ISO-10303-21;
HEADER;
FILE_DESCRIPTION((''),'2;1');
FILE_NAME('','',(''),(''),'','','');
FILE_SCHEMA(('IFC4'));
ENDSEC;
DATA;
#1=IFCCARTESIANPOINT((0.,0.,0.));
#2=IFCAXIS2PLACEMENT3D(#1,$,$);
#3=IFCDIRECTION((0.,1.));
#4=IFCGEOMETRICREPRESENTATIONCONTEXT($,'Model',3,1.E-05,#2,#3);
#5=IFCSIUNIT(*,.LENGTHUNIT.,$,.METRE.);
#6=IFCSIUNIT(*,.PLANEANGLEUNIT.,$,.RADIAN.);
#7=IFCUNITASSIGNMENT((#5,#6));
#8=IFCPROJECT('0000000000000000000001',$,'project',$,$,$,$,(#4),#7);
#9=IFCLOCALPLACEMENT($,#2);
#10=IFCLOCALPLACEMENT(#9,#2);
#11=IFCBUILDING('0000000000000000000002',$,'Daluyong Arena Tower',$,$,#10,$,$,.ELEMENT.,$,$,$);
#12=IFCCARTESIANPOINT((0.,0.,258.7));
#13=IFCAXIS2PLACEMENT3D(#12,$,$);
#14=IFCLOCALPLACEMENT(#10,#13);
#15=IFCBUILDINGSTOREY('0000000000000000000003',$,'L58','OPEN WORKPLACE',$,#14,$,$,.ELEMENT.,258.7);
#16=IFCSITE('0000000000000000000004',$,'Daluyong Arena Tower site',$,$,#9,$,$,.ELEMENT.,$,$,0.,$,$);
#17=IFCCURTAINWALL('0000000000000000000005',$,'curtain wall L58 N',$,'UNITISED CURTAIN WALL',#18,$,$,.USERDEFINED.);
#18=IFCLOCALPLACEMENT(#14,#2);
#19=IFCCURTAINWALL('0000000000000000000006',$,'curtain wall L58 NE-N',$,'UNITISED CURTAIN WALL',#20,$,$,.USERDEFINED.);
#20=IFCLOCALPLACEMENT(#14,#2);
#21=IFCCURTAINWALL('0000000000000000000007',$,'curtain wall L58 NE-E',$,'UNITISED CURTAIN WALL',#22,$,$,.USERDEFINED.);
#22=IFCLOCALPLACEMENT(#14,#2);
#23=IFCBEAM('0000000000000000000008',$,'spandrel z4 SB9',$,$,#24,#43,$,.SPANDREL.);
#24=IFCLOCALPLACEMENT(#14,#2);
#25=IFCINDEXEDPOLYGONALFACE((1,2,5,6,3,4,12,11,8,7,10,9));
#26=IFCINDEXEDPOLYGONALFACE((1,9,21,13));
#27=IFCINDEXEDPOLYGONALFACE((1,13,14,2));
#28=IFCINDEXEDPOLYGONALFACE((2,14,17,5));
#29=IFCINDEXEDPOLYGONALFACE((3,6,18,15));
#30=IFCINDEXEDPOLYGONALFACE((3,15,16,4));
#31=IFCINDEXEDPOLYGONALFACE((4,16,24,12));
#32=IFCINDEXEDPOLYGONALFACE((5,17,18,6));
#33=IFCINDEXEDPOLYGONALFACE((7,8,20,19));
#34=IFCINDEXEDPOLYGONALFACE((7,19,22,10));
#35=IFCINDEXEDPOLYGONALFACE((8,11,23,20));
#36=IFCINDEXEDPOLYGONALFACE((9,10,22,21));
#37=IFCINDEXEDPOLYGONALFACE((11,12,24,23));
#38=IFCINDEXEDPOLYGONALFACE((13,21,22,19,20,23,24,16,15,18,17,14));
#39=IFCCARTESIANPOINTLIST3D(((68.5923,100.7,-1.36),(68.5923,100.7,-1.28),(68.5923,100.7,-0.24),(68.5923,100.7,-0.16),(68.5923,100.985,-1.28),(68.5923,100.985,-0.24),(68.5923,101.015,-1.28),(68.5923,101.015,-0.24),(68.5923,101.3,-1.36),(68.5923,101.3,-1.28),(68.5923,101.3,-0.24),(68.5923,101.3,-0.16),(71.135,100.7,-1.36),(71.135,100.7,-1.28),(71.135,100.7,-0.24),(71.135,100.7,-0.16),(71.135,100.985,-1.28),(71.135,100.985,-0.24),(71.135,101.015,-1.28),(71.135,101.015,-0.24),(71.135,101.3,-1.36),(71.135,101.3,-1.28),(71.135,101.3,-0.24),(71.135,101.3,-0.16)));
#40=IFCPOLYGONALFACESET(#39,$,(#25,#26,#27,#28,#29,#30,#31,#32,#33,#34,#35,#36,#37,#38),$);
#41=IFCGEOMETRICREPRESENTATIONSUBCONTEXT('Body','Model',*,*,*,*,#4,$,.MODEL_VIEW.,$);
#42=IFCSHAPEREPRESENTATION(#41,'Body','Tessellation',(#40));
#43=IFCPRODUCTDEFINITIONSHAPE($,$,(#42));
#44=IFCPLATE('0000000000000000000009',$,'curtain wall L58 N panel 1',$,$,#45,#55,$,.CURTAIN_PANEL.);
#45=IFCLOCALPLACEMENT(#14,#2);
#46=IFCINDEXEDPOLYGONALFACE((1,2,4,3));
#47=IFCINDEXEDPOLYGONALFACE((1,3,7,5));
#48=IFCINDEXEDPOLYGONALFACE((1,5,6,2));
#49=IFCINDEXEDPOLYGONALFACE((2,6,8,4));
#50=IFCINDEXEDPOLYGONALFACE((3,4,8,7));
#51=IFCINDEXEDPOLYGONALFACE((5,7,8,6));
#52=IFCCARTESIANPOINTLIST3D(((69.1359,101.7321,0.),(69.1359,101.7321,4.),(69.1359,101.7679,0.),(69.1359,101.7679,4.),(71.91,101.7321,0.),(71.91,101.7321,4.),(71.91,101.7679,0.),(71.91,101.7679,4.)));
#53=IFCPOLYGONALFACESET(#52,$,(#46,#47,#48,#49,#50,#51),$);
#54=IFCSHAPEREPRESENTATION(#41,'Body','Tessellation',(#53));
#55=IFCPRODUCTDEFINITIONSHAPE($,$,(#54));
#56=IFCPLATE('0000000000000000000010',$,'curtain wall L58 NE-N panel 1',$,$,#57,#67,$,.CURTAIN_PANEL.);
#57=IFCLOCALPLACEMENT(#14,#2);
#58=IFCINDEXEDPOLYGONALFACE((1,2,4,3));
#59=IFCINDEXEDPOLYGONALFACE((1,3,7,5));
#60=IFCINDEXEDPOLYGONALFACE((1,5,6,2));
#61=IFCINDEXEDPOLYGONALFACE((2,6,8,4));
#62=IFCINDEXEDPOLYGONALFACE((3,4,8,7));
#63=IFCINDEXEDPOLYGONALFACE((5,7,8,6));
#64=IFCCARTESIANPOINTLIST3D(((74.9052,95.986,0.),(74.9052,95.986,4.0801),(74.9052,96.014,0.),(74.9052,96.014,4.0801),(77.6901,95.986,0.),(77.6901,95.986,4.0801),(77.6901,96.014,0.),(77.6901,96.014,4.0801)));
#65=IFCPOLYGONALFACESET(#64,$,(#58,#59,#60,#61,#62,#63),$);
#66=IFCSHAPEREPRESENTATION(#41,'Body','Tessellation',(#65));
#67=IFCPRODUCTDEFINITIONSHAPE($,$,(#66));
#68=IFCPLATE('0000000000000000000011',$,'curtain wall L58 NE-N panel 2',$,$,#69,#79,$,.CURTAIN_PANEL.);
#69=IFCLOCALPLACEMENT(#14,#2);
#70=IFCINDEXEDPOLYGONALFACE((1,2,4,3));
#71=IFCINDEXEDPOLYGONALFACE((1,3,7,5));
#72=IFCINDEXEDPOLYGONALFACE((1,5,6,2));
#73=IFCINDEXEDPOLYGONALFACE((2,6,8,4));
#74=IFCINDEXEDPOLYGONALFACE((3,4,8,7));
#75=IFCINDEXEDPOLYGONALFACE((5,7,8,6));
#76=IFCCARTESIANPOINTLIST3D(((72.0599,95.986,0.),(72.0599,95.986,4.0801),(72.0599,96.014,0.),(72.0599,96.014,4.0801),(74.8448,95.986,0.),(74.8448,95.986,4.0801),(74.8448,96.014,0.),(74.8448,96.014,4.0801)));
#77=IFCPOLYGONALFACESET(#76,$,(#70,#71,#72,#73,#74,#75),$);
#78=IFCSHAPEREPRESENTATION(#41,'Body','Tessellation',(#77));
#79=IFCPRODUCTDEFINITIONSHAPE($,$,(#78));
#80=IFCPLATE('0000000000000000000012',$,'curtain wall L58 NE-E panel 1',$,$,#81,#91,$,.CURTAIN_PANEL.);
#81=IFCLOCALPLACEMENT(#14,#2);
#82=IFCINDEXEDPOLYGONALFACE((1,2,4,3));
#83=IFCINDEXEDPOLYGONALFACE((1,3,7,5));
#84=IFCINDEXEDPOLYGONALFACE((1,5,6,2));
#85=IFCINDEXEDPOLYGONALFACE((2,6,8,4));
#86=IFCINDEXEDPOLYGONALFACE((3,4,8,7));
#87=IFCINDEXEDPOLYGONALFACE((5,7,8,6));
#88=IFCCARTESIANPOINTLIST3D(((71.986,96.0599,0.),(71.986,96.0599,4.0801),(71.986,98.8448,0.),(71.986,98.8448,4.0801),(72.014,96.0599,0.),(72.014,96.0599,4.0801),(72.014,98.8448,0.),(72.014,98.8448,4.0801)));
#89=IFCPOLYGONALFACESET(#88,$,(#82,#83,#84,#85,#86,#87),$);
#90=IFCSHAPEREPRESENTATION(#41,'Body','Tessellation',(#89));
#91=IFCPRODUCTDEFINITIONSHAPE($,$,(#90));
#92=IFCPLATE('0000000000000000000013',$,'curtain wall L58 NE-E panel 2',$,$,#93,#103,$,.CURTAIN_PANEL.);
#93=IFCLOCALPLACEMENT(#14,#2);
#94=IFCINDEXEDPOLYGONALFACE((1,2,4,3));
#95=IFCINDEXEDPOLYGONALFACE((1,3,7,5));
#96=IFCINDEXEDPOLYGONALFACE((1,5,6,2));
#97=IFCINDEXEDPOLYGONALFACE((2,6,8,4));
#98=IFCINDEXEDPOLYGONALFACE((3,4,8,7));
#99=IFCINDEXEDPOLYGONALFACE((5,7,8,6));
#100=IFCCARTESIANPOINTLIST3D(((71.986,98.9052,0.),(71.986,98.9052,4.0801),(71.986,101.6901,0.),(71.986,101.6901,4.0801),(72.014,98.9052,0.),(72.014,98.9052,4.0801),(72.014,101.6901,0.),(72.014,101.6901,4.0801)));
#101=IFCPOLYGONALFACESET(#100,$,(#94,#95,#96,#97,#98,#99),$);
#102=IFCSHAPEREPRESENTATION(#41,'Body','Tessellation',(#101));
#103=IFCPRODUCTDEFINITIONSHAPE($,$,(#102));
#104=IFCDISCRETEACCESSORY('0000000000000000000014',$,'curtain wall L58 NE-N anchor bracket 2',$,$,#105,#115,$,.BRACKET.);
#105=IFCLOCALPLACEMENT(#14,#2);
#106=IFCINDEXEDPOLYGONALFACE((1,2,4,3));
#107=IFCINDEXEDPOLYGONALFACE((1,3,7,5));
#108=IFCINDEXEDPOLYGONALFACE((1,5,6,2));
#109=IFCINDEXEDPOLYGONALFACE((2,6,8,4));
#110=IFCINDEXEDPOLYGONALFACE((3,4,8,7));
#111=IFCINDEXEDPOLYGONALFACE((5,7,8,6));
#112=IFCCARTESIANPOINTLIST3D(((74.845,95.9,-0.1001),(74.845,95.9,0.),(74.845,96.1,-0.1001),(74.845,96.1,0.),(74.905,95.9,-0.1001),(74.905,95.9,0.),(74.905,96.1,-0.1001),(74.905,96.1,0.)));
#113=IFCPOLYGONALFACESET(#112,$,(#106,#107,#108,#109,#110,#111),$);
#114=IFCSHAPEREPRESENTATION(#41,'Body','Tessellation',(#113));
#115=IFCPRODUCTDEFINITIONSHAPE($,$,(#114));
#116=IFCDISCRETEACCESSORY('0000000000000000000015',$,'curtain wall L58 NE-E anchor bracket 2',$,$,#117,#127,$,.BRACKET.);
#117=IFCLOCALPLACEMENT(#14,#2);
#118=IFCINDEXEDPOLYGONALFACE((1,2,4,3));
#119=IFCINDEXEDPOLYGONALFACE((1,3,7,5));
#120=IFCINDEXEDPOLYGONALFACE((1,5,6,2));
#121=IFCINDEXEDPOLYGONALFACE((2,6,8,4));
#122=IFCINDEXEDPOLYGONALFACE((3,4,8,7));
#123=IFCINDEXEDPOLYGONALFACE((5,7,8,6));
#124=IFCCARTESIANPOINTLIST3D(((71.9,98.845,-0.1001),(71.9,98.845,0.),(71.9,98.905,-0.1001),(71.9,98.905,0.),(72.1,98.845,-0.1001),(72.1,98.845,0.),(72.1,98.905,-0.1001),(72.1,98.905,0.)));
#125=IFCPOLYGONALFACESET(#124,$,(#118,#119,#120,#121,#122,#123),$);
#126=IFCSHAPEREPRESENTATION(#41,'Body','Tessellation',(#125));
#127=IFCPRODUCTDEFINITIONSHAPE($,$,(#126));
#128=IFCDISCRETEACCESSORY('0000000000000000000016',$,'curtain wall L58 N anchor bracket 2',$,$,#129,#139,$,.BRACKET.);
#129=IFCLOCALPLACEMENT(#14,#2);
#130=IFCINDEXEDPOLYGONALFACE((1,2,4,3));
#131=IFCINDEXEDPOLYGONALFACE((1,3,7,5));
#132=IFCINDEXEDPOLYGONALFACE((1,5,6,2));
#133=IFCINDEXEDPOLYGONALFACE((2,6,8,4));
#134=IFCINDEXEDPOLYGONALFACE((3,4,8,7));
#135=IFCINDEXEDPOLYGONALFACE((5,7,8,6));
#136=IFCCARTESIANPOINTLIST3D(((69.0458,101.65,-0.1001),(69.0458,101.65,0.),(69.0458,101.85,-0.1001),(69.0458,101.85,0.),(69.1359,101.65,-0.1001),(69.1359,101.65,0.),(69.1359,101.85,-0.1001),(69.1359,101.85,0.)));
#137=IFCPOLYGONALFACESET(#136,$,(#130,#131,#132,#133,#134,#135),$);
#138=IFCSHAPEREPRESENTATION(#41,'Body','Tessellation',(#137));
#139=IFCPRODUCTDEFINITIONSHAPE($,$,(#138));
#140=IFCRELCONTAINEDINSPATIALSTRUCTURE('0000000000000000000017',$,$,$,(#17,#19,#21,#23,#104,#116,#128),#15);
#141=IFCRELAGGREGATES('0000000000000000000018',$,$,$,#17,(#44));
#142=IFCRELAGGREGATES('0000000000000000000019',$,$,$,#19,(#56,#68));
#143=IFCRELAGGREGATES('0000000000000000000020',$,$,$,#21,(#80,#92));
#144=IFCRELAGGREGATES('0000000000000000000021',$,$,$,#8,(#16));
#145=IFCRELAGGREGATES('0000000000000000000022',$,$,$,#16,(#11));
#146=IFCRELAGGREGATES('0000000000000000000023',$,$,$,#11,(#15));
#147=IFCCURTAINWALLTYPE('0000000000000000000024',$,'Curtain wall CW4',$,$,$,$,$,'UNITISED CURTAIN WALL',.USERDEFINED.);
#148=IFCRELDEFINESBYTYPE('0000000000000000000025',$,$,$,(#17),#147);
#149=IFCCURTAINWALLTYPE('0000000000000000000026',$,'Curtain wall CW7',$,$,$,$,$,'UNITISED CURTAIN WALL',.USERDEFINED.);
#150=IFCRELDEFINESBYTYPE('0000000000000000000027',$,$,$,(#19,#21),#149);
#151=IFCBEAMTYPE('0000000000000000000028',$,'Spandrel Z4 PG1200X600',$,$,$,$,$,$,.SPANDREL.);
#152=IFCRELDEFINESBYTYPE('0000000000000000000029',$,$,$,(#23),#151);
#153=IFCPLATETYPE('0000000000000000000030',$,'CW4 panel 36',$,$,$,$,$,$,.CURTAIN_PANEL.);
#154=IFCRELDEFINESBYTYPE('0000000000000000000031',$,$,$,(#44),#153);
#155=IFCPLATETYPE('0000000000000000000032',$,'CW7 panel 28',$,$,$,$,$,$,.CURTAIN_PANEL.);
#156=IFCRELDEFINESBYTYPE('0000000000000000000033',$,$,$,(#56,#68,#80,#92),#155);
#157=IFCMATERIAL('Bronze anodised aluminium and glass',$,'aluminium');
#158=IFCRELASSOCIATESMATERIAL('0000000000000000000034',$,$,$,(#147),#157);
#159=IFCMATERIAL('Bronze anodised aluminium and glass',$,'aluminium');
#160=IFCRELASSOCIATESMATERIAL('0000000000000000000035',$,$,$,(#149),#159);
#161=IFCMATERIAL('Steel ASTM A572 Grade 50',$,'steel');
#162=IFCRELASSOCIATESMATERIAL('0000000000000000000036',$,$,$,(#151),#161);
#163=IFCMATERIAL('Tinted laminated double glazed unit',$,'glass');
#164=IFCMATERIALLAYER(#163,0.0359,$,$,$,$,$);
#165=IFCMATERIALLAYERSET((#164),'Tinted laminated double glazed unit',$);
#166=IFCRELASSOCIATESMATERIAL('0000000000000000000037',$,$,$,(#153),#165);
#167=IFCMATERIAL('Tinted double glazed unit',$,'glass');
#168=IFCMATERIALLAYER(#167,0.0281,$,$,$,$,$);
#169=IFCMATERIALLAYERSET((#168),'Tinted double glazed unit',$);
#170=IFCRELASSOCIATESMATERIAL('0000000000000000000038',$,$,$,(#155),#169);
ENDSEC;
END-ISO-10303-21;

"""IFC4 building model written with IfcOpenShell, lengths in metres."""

from ifc_helpers import new_model, si_unit, direction, frame, origin, origin_2d, place, context, subcontext, project, spatial, rectangle, i_section, extrude, material, layer, layer_set, material_profile, profile_set, type_object, element, aggregate, save


model = new_model("IFC4")

# Units and contexts
model_context = context("Model", 3, precision=1e-05, world=origin(), true_north=direction((0.0, 1.0)))
body_context = subcontext(model_context, "Body", "Model", "MODEL_VIEW")
ifc_project = project(units=[si_unit("LENGTHUNIT", "METRE"), si_unit("PLANEANGLEUNIT", "RADIAN")], contexts=[model_context])

# Site, building, storey
site_placement = place(None, origin())
site = spatial("IfcSite", under=ifc_project, at=site_placement, Name="Daluyong Arena Tower site", CompositionType="ELEMENT", RefElevation=0.0)
building_placement = place(site_placement, origin())
building = spatial("IfcBuilding", under=site, at=building_placement, Name="Daluyong Arena Tower", CompositionType="ELEMENT")
storey_placement = place(building_placement, frame((0.0, 0.0, 258.7)))
storey = spatial("IfcBuildingStorey", under=building, at=storey_placement, Name="L58", Description="OPEN WORKPLACE", CompositionType="ELEMENT", Elevation=258.7)

# Shared definitions
ifc_material_1 = material(Name="Bronze anodised aluminium and glass", Category="aluminium")
curtain_wall_type_1 = type_object("IfcCurtainWallType", Name="Curtain wall CW4", ElementType="UNITISED CURTAIN WALL", PredefinedType="USERDEFINED", material=ifc_material_1)

# Curtain walls
curtain_wall_1_placement = place(storey_placement, origin())
curtain_wall_1 = element("IfcCurtainWall", 1, at=curtain_wall_1_placement, inside=storey, type_object=curtain_wall_type_1, Name="curtain wall L58 N", ObjectType="UNITISED CURTAIN WALL", PredefinedType="USERDEFINED")
ifc_material_2 = material(Name="Bronze anodised aluminium and glass", Category="aluminium")
curtain_wall_type_2 = type_object("IfcCurtainWallType", Name="Curtain wall CW7", ElementType="UNITISED CURTAIN WALL", PredefinedType="USERDEFINED", material=ifc_material_2)
curtain_wall_2_placement = place(storey_placement, origin())
curtain_wall_2 = element("IfcCurtainWall", 2, at=curtain_wall_2_placement, inside=storey, type_object=curtain_wall_type_2, Name="curtain wall L58 NE-N", ObjectType="UNITISED CURTAIN WALL", PredefinedType="USERDEFINED")
curtain_wall_3_placement = place(storey_placement, origin())
curtain_wall_3 = element("IfcCurtainWall", 3, at=curtain_wall_3_placement, inside=storey, type_object=curtain_wall_type_2, Name="curtain wall L58 NE-E", ObjectType="UNITISED CURTAIN WALL", PredefinedType="USERDEFINED")

# Beam
ifc_material_3 = material(Name="Steel ASTM A572 Grade 50", Category="steel")
ifc_material_profile_1 = material_profile(ifc_material_3, i_section(OverallWidth=0.6001, OverallDepth=1.2, WebThickness=0.03, FlangeThickness=0.08, at=origin_2d()))
ifc_profile_set_1 = profile_set([ifc_material_profile_1], Name="Steel ASTM A572 Grade 50")
beam_type = type_object("IfcBeamType", Name="Spandrel Z4 PG1200X600", PredefinedType="SPANDREL", material=ifc_profile_set_1)
beam_placement = place(storey_placement, frame((71.135, 101.0, -0.76), z_axis=(-1.0, 0.0, 0.0), x_axis=(0.0, -1.0, 0.0)))
element("IfcBeam", 4, at=beam_placement, inside=storey, type_object=beam_type, Name="spandrel z4 SB9", PredefinedType="SPANDREL", context=body_context, shape_type="SweptSolid", body=[
    extrude(i_section(OverallWidth=0.6001, OverallDepth=1.2, WebThickness=0.03, FlangeThickness=0.08, at=origin_2d()), origin(), (0.0, 0.0, 1.0), 2.5427),
])

# Plates
ifc_material_4 = material(Name="Tinted laminated double glazed unit", Category="glass")
ifc_layer_1 = layer(ifc_material_4, 0.0359)
ifc_layer_set_1 = layer_set([ifc_layer_1], Name="Tinted laminated double glazed unit")
plate_type_1 = type_object("IfcPlateType", Name="CW4 panel 36", PredefinedType="CURTAIN_PANEL", material=ifc_layer_set_1)
plate_1_placement = place(storey_placement, frame((70.5229, 101.75, 0.0), z_axis=(0.0, 0.0, 1.0), x_axis=(-1.0, 0.0, 0.0)))
plate_1 = element("IfcPlate", 5, at=plate_1_placement, type_object=plate_type_1, Name="curtain wall L58 N panel 1", PredefinedType="CURTAIN_PANEL", context=body_context, shape_type="SweptSolid", body=[
    extrude(rectangle(XDim=2.7742, YDim=0.0359, at=origin_2d()), origin(), (0.0, 0.0, 1.0), 4.0),
])
aggregate(curtain_wall_1, [plate_1])
ifc_material_5 = material(Name="Tinted double glazed unit", Category="glass")
ifc_layer_2 = layer(ifc_material_5, 0.0281)
ifc_layer_set_2 = layer_set([ifc_layer_2], Name="Tinted double glazed unit")
plate_type_2 = type_object("IfcPlateType", Name="CW7 panel 28", PredefinedType="CURTAIN_PANEL", material=ifc_layer_set_2)
plate_2_placement = place(storey_placement, frame((76.2976, 96.0, 0.0), z_axis=(0.0, 0.0, 1.0), x_axis=(-1.0, 0.0, 0.0)))
plate_2 = element("IfcPlate", 6, at=plate_2_placement, type_object=plate_type_2, Name="curtain wall L58 NE-N panel 1", PredefinedType="CURTAIN_PANEL", context=body_context, shape_type="SweptSolid", body=[
    extrude(rectangle(XDim=2.7849, YDim=0.0281, at=origin_2d()), origin(), (0.0, 0.0, 1.0), 4.0801),
])
plate_3_placement = place(storey_placement, frame((73.4524, 96.0, 0.0), z_axis=(0.0, 0.0, 1.0), x_axis=(-1.0, 0.0, 0.0)))
plate_3 = element("IfcPlate", 7, at=plate_3_placement, type_object=plate_type_2, Name="curtain wall L58 NE-N panel 2", PredefinedType="CURTAIN_PANEL", context=body_context, shape_type="SweptSolid", body=[
    extrude(rectangle(XDim=2.7849, YDim=0.0281, at=origin_2d()), origin(), (0.0, 0.0, 1.0), 4.0801),
])
aggregate(curtain_wall_2, [plate_2, plate_3])
plate_4_placement = place(storey_placement, frame((72.0, 97.4524, 0.0), z_axis=(0.0, 0.0, 1.0), x_axis=(0.0, 1.0, 0.0)))
plate_4 = element("IfcPlate", 8, at=plate_4_placement, type_object=plate_type_2, Name="curtain wall L58 NE-E panel 1", PredefinedType="CURTAIN_PANEL", context=body_context, shape_type="SweptSolid", body=[
    extrude(rectangle(XDim=2.7849, YDim=0.0281, at=origin_2d()), origin(), (0.0, 0.0, 1.0), 4.0801),
])
plate_5_placement = place(storey_placement, frame((72.0, 100.2976, 0.0), z_axis=(0.0, 0.0, 1.0), x_axis=(0.0, 1.0, 0.0)))
plate_5 = element("IfcPlate", 9, at=plate_5_placement, type_object=plate_type_2, Name="curtain wall L58 NE-E panel 2", PredefinedType="CURTAIN_PANEL", context=body_context, shape_type="SweptSolid", body=[
    extrude(rectangle(XDim=2.7849, YDim=0.0281, at=origin_2d()), origin(), (0.0, 0.0, 1.0), 4.0801),
])
aggregate(curtain_wall_3, [plate_4, plate_5])

# Discrete accessories
for number, where, z_axis, x_axis, name in (
    (10, (74.875, 96.0, -0.1001), (0.0, 0.0, 1.0), (-1.0, 0.0, 0.0), "curtain wall L58 NE-N anchor bracket 2"),
    (11, (72.0, 98.875, -0.1001), (0.0, 0.0, 1.0), (0.0, 1.0, 0.0), "curtain wall L58 NE-E anchor bracket 2"),
):
    element("IfcDiscreteAccessory", number, at=place(storey_placement, frame(where, z_axis=z_axis, x_axis=x_axis)), inside=storey, Name=name, PredefinedType="BRACKET", context=body_context, shape_type="SweptSolid", body=[
        extrude(rectangle(XDim=0.0601, YDim=0.2, at=origin_2d()), origin(), (0.0, 0.0, 1.0), 0.1001),
    ])
discrete_accessory_placement = place(storey_placement, frame((69.0908, 101.75, -0.1001), z_axis=(0.0, 0.0, 1.0), x_axis=(-1.0, 0.0, 0.0)))
element("IfcDiscreteAccessory", 12, at=discrete_accessory_placement, inside=storey, Name="curtain wall L58 N anchor bracket 2", PredefinedType="BRACKET", context=body_context, shape_type="SweptSolid", body=[
    extrude(rectangle(XDim=0.0901, YDim=0.2, at=origin_2d()), origin(), (0.0, 0.0, 1.0), 0.1001),
])

save(model, "model.ifc")
